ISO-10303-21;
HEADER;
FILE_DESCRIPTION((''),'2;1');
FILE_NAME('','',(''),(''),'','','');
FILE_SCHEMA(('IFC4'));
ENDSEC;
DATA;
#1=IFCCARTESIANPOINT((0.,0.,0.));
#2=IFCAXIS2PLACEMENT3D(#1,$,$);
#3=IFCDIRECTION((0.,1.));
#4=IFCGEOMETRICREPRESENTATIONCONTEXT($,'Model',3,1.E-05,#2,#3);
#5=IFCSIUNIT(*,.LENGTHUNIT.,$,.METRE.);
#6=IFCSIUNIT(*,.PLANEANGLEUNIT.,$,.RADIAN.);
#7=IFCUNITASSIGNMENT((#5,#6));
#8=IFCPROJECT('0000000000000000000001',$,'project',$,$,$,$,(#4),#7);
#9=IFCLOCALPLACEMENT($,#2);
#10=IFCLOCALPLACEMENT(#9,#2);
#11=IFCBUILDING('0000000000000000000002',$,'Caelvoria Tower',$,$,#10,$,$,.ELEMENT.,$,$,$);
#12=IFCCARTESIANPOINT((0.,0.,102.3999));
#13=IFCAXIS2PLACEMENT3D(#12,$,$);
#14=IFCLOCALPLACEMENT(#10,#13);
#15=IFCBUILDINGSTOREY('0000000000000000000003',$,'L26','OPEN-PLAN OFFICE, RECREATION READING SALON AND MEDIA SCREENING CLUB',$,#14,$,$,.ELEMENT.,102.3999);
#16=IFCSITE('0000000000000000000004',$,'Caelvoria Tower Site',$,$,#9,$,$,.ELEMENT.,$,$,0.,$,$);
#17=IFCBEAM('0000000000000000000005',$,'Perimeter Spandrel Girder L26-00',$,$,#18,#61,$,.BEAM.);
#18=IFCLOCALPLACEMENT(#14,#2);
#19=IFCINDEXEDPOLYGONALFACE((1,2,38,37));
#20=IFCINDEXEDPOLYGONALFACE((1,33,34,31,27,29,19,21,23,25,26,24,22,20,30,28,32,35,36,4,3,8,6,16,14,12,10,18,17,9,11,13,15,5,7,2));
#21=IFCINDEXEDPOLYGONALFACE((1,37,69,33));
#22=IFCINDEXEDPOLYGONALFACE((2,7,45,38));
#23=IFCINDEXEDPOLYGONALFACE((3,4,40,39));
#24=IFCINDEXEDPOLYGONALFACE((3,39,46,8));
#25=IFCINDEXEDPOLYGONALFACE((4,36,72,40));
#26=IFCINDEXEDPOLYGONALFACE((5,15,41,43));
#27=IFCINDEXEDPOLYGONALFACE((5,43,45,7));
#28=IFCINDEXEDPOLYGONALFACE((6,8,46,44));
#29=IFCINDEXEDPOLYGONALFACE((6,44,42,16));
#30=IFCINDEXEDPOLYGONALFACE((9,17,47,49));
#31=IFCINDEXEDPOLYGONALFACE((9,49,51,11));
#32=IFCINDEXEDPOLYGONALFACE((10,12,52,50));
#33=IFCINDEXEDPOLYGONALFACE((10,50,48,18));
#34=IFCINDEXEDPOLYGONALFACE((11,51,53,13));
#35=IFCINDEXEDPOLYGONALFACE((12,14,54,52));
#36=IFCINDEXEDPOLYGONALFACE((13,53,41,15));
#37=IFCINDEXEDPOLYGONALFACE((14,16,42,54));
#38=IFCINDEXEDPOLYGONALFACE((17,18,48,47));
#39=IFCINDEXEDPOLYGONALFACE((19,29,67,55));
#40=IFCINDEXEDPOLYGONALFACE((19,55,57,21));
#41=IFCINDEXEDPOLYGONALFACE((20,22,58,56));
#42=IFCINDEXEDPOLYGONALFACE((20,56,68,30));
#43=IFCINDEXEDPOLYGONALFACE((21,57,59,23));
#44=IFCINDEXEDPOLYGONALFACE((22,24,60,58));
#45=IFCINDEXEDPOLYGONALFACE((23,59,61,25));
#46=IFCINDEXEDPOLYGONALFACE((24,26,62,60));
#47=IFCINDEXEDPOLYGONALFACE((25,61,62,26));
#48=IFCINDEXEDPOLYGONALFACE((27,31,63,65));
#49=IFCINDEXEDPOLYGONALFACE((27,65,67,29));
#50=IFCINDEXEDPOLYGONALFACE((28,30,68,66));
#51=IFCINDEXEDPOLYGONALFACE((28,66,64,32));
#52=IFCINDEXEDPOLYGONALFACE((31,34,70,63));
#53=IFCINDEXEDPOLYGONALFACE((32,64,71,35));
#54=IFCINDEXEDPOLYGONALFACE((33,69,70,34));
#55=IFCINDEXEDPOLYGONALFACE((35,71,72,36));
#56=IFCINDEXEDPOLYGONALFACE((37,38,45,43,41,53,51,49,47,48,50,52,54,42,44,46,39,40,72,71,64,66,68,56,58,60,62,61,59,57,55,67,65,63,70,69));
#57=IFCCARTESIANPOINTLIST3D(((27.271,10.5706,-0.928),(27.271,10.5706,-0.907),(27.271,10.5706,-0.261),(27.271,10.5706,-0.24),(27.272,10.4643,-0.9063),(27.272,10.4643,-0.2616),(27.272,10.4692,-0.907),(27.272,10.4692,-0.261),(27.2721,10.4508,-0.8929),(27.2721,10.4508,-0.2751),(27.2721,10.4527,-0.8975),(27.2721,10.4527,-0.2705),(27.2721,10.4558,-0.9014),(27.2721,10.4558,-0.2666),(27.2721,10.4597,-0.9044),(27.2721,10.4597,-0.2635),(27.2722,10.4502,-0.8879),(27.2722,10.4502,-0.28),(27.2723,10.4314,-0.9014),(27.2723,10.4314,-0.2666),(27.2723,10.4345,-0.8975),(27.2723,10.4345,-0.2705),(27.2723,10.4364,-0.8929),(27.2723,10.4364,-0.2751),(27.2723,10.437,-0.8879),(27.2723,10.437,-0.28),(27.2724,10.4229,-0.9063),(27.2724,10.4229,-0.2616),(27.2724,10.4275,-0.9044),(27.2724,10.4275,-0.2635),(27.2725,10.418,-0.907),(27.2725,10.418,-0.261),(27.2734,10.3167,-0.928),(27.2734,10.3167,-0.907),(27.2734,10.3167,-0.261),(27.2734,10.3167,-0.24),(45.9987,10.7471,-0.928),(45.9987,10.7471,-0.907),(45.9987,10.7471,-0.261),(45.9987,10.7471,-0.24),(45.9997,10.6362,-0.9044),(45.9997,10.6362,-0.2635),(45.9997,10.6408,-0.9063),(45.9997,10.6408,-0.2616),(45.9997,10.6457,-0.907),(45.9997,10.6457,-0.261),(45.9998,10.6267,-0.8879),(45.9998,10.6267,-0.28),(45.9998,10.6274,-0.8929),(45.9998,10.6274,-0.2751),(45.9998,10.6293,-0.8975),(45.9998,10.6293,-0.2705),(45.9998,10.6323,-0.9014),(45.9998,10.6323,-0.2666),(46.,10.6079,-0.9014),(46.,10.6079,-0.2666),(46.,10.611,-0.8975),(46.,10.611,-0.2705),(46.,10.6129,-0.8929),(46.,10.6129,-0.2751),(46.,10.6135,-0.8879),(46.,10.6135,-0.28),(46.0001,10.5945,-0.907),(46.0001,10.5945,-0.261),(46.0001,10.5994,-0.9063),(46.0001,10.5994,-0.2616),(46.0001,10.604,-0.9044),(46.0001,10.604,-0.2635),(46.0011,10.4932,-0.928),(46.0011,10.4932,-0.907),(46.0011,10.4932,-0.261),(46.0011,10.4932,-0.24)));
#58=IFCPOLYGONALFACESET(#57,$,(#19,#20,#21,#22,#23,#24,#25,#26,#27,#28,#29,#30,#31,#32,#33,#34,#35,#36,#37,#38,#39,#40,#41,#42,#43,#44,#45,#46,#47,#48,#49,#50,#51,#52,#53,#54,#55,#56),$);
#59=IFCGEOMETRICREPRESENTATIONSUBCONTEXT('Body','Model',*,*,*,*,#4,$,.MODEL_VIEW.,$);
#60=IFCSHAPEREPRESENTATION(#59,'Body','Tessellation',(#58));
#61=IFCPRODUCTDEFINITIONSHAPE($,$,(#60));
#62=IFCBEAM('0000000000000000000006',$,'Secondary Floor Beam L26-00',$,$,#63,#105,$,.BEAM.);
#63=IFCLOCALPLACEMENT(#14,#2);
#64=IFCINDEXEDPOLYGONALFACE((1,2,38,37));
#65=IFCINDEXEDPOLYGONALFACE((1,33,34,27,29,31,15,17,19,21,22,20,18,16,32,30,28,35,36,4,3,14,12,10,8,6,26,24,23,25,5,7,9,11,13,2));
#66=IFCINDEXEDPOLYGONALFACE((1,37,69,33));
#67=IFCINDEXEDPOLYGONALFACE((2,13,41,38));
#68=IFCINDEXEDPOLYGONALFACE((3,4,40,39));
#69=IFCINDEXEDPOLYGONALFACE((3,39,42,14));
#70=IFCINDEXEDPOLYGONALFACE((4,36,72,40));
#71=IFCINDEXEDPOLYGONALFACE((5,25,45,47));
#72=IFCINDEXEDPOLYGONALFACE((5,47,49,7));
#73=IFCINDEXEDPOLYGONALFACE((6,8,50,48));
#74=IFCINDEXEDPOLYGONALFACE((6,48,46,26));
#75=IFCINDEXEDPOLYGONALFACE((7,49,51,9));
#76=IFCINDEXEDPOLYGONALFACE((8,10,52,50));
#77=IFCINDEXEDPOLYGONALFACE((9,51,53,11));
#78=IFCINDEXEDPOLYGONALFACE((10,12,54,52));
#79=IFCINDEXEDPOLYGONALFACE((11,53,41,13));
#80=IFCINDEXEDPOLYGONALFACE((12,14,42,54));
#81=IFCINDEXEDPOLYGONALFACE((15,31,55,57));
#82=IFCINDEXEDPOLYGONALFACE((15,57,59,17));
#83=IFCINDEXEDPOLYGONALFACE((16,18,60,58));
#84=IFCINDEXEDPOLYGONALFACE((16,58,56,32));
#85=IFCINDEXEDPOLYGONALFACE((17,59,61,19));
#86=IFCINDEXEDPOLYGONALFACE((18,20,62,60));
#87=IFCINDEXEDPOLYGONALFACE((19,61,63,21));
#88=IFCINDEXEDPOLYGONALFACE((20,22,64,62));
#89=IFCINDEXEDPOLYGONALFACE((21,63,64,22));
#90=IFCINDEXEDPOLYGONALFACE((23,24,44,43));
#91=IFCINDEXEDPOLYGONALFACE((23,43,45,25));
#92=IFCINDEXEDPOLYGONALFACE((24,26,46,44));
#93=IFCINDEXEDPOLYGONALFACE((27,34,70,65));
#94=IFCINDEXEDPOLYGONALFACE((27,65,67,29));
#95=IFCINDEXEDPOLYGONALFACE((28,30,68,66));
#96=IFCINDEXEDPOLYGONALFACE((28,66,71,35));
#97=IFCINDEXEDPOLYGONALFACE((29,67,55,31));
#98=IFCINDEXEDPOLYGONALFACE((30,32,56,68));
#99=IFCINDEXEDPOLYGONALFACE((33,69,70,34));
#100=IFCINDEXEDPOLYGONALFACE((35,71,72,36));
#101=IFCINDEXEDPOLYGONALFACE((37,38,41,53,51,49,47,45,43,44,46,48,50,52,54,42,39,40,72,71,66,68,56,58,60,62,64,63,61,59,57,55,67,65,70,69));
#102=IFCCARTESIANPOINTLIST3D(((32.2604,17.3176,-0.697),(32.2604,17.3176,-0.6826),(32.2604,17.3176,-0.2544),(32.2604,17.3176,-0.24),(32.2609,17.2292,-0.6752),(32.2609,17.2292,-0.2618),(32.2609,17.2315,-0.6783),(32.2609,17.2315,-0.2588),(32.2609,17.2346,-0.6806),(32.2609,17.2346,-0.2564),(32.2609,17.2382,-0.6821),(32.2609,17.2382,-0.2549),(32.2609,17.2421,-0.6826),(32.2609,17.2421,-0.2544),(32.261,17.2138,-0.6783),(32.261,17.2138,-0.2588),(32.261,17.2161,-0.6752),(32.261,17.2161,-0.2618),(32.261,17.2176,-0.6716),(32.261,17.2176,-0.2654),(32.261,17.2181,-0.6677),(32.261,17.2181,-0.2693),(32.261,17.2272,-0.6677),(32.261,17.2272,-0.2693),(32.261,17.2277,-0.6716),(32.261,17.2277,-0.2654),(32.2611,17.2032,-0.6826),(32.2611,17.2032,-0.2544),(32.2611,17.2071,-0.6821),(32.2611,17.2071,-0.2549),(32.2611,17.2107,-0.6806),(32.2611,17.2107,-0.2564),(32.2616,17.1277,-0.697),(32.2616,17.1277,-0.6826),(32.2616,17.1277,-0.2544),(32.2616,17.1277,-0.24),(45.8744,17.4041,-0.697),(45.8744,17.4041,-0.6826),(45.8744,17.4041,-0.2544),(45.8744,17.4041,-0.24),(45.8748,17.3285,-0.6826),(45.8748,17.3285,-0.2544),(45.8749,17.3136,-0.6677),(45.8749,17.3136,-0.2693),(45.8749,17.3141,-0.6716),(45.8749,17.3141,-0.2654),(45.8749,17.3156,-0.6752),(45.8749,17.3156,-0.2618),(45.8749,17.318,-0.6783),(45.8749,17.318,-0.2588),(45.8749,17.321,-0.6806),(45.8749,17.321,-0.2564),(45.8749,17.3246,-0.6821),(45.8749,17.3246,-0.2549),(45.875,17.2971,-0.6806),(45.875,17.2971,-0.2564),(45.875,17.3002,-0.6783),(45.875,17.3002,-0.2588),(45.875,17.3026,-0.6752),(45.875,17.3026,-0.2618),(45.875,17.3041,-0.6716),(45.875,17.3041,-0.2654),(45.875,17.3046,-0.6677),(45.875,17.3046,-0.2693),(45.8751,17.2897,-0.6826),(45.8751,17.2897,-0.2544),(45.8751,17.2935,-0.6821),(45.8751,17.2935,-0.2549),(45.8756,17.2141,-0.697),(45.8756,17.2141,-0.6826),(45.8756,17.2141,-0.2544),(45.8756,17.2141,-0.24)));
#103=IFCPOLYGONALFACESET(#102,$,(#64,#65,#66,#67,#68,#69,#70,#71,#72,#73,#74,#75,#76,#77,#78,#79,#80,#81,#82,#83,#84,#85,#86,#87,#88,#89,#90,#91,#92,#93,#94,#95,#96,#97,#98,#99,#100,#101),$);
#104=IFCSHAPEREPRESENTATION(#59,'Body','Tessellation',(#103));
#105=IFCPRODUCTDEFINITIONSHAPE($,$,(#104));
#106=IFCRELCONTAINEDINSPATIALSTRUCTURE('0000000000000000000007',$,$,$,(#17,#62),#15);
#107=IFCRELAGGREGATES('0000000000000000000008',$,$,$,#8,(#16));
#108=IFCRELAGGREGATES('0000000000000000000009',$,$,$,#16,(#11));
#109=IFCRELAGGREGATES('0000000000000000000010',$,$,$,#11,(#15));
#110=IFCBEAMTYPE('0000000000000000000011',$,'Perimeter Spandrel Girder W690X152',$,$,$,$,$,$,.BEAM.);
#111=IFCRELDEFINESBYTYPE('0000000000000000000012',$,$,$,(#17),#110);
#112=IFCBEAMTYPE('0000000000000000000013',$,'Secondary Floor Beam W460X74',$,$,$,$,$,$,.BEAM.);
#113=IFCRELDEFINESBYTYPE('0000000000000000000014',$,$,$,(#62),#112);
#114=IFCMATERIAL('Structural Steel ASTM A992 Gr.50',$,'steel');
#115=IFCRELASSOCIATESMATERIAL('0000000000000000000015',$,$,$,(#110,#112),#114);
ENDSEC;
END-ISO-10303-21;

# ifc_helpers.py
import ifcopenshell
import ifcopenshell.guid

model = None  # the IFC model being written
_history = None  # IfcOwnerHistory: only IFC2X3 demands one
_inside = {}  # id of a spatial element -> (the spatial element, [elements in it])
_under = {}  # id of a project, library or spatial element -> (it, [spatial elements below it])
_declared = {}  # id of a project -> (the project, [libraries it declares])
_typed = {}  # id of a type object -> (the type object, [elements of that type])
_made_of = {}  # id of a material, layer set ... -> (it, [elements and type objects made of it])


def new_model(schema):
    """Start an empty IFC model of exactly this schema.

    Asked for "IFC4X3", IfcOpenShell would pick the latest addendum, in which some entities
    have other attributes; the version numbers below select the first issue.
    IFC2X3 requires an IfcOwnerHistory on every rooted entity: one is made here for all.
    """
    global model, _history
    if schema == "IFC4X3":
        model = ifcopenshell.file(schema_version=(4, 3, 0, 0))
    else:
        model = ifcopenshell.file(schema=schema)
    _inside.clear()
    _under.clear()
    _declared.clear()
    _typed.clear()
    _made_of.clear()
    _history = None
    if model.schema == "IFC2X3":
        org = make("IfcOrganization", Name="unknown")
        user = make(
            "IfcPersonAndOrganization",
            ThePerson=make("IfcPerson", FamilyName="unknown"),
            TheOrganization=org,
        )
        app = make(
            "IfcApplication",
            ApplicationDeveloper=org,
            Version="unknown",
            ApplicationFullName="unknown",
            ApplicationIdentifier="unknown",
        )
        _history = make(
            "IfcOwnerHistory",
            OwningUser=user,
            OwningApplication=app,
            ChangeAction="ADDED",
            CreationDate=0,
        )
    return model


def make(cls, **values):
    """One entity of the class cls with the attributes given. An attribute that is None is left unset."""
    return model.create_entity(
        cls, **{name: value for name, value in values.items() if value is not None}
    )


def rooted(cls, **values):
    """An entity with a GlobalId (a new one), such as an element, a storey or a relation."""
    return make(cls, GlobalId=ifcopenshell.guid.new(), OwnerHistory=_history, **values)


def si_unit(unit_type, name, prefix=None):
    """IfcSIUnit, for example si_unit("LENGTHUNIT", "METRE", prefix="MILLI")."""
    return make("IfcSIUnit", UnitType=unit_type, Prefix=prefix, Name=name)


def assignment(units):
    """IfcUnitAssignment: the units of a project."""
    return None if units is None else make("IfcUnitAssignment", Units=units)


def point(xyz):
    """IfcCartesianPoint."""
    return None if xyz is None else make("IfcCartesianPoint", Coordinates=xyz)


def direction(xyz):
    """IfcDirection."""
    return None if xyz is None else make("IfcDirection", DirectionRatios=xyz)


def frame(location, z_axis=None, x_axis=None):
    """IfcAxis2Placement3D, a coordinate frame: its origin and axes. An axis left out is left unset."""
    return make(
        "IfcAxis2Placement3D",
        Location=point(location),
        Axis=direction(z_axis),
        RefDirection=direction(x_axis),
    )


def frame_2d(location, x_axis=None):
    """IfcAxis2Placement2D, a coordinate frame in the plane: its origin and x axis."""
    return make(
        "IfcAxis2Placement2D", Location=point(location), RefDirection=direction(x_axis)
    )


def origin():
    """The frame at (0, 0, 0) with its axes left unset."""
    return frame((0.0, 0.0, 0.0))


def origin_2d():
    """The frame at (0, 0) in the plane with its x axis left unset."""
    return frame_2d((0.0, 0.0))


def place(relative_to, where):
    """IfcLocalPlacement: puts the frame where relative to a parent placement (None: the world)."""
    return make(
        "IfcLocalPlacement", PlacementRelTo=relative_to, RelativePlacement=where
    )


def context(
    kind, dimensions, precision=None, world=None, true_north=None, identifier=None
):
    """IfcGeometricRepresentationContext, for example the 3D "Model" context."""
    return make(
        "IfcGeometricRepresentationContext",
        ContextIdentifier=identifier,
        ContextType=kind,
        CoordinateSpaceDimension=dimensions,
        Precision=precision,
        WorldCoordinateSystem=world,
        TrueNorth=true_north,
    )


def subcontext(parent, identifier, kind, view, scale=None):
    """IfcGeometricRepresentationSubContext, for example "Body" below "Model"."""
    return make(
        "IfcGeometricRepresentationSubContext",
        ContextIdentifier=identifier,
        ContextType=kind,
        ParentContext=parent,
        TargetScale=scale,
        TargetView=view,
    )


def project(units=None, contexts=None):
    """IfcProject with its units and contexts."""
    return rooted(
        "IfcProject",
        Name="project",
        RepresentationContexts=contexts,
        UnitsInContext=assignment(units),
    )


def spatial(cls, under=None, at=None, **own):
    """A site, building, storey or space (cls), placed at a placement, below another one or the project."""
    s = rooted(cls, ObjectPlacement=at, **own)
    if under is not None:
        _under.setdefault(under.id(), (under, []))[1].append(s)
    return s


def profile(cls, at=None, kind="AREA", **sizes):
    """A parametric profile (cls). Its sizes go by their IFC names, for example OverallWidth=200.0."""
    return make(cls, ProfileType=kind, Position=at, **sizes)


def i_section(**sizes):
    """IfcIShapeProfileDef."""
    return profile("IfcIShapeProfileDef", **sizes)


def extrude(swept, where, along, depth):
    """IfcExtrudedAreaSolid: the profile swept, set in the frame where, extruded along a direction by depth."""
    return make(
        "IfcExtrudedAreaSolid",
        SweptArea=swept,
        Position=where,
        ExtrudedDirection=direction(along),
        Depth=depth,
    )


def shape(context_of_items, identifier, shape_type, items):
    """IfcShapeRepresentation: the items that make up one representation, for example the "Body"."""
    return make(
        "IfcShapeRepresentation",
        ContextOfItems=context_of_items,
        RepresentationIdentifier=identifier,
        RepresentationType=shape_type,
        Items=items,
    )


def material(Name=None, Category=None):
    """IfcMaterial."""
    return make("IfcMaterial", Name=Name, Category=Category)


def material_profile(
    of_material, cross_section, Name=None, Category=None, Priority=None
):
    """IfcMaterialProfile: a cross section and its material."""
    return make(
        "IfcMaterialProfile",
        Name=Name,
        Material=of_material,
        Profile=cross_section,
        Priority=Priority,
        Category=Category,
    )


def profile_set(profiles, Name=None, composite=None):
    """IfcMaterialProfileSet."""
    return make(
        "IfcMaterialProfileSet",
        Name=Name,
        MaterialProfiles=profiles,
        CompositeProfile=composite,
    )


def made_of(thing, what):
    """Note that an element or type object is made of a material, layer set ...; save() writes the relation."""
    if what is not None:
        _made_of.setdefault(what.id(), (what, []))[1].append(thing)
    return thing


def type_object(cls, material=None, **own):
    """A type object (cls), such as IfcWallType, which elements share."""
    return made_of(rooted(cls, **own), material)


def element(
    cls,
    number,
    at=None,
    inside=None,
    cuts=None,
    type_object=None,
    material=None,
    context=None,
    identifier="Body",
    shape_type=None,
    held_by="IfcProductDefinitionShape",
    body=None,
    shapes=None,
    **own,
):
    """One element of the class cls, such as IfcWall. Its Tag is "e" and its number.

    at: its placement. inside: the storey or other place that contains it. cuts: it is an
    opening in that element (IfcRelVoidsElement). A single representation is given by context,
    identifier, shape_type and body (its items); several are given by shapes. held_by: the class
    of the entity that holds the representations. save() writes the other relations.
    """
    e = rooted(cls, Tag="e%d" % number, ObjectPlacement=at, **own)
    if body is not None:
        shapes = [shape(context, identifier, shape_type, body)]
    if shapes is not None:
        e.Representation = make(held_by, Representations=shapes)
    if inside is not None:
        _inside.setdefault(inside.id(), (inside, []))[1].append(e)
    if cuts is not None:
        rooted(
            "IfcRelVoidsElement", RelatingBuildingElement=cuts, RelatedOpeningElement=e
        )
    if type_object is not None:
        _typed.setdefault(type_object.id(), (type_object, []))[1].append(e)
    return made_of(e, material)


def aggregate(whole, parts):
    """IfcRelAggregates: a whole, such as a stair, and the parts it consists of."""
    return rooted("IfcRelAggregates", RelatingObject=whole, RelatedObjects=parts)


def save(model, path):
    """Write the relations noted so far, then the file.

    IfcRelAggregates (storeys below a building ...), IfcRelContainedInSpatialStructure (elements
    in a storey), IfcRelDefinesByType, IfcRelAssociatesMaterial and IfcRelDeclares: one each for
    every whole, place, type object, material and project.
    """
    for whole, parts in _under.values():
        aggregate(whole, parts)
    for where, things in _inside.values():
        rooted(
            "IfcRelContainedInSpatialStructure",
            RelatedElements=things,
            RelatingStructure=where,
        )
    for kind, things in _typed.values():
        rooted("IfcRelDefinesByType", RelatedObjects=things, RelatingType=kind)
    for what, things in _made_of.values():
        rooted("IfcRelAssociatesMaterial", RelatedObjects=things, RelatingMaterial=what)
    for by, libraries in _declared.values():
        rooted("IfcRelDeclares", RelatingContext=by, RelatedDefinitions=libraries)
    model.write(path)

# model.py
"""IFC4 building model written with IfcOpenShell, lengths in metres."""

from ifc_helpers import new_model, si_unit, direction, frame, origin, origin_2d, place, context, subcontext, project, spatial, i_section, extrude, material, material_profile, profile_set, type_object, element, save


model = new_model("IFC4")

# Units and contexts
model_context = context("Model", 3, precision=1e-05, world=origin(), true_north=direction((0.0, 1.0)))
body_context = subcontext(model_context, "Body", "Model", "MODEL_VIEW")
ifc_project = project(units=[si_unit("LENGTHUNIT", "METRE"), si_unit("PLANEANGLEUNIT", "RADIAN")], contexts=[model_context])

# Site, building, storey
site_placement = place(None, origin())
site = spatial("IfcSite", under=ifc_project, at=site_placement, Name="Caelvoria Tower Site", CompositionType="ELEMENT", RefElevation=0.0)
building_placement = place(site_placement, origin())
building = spatial("IfcBuilding", under=site, at=building_placement, Name="Caelvoria Tower", CompositionType="ELEMENT")
storey_placement = place(building_placement, frame((0.0, 0.0, 102.3999)))
storey = spatial("IfcBuildingStorey", under=building, at=storey_placement, Name="L26", Description="OPEN-PLAN OFFICE, RECREATION READING SALON AND MEDIA SCREENING CLUB", CompositionType="ELEMENT", Elevation=102.3999)

# Beams
ifc_material_1 = material(Name="Structural Steel ASTM A992 Gr.50", Category="steel")
ifc_material_profile_1 = material_profile(ifc_material_1, i_section(OverallWidth=0.2539, OverallDepth=0.688, WebThickness=0.0132, FlangeThickness=0.021, FilletRadius=0.019, at=origin_2d()), Name="Structural Steel ASTM A992 Gr.50")
ifc_profile_set_1 = profile_set([ifc_material_profile_1], Name="W690X152 - Structural Steel ASTM A992 Gr.50")
beam_type_1 = type_object("IfcBeamType", Name="Perimeter Spandrel Girder W690X152", PredefinedType="BEAM", material=ifc_profile_set_1)
beam_1_placement = place(storey_placement, frame((27.2722, 10.4436, -0.584), z_axis=(0.999956, 0.009425, 0.0), x_axis=(-0.009425, 0.999956, 0.0)))
element("IfcBeam", 1, at=beam_1_placement, inside=storey, type_object=beam_type_1, Name="Perimeter Spandrel Girder L26-00", PredefinedType="BEAM", context=body_context, shape_type="SweptSolid", body=[
    extrude(i_section(OverallWidth=0.2539, OverallDepth=0.688, WebThickness=0.0132, FlangeThickness=0.021, FilletRadius=0.019, at=origin_2d()), origin(), (0.0, 0.0, 1.0), 18.7285),
])
ifc_material_profile_2 = material_profile(ifc_material_1, i_section(OverallWidth=0.1899, OverallDepth=0.457, WebThickness=0.009, FlangeThickness=0.0144, FilletRadius=0.0149, at=origin_2d()), Name="Structural Steel ASTM A992 Gr.50")
ifc_profile_set_2 = profile_set([ifc_material_profile_2], Name="W460X74 - Structural Steel ASTM A992 Gr.50")
beam_type_2 = type_object("IfcBeamType", Name="Secondary Floor Beam W460X74", PredefinedType="BEAM", material=ifc_profile_set_2)
beam_2_placement = place(storey_placement, frame((32.261, 17.2227, -0.4685), z_axis=(0.99998, 0.006348, 0.0), x_axis=(-0.006348, 0.99998, 0.0)))
element("IfcBeam", 2, at=beam_2_placement, inside=storey, type_object=beam_type_2, Name="Secondary Floor Beam L26-00", PredefinedType="BEAM", context=body_context, shape_type="SweptSolid", body=[
    extrude(i_section(OverallWidth=0.1899, OverallDepth=0.457, WebThickness=0.009, FlangeThickness=0.0144, FilletRadius=0.0149, at=origin_2d()), origin(), (0.0, 0.0, 1.0), 13.6143),
])

save(model, "model.ifc")
